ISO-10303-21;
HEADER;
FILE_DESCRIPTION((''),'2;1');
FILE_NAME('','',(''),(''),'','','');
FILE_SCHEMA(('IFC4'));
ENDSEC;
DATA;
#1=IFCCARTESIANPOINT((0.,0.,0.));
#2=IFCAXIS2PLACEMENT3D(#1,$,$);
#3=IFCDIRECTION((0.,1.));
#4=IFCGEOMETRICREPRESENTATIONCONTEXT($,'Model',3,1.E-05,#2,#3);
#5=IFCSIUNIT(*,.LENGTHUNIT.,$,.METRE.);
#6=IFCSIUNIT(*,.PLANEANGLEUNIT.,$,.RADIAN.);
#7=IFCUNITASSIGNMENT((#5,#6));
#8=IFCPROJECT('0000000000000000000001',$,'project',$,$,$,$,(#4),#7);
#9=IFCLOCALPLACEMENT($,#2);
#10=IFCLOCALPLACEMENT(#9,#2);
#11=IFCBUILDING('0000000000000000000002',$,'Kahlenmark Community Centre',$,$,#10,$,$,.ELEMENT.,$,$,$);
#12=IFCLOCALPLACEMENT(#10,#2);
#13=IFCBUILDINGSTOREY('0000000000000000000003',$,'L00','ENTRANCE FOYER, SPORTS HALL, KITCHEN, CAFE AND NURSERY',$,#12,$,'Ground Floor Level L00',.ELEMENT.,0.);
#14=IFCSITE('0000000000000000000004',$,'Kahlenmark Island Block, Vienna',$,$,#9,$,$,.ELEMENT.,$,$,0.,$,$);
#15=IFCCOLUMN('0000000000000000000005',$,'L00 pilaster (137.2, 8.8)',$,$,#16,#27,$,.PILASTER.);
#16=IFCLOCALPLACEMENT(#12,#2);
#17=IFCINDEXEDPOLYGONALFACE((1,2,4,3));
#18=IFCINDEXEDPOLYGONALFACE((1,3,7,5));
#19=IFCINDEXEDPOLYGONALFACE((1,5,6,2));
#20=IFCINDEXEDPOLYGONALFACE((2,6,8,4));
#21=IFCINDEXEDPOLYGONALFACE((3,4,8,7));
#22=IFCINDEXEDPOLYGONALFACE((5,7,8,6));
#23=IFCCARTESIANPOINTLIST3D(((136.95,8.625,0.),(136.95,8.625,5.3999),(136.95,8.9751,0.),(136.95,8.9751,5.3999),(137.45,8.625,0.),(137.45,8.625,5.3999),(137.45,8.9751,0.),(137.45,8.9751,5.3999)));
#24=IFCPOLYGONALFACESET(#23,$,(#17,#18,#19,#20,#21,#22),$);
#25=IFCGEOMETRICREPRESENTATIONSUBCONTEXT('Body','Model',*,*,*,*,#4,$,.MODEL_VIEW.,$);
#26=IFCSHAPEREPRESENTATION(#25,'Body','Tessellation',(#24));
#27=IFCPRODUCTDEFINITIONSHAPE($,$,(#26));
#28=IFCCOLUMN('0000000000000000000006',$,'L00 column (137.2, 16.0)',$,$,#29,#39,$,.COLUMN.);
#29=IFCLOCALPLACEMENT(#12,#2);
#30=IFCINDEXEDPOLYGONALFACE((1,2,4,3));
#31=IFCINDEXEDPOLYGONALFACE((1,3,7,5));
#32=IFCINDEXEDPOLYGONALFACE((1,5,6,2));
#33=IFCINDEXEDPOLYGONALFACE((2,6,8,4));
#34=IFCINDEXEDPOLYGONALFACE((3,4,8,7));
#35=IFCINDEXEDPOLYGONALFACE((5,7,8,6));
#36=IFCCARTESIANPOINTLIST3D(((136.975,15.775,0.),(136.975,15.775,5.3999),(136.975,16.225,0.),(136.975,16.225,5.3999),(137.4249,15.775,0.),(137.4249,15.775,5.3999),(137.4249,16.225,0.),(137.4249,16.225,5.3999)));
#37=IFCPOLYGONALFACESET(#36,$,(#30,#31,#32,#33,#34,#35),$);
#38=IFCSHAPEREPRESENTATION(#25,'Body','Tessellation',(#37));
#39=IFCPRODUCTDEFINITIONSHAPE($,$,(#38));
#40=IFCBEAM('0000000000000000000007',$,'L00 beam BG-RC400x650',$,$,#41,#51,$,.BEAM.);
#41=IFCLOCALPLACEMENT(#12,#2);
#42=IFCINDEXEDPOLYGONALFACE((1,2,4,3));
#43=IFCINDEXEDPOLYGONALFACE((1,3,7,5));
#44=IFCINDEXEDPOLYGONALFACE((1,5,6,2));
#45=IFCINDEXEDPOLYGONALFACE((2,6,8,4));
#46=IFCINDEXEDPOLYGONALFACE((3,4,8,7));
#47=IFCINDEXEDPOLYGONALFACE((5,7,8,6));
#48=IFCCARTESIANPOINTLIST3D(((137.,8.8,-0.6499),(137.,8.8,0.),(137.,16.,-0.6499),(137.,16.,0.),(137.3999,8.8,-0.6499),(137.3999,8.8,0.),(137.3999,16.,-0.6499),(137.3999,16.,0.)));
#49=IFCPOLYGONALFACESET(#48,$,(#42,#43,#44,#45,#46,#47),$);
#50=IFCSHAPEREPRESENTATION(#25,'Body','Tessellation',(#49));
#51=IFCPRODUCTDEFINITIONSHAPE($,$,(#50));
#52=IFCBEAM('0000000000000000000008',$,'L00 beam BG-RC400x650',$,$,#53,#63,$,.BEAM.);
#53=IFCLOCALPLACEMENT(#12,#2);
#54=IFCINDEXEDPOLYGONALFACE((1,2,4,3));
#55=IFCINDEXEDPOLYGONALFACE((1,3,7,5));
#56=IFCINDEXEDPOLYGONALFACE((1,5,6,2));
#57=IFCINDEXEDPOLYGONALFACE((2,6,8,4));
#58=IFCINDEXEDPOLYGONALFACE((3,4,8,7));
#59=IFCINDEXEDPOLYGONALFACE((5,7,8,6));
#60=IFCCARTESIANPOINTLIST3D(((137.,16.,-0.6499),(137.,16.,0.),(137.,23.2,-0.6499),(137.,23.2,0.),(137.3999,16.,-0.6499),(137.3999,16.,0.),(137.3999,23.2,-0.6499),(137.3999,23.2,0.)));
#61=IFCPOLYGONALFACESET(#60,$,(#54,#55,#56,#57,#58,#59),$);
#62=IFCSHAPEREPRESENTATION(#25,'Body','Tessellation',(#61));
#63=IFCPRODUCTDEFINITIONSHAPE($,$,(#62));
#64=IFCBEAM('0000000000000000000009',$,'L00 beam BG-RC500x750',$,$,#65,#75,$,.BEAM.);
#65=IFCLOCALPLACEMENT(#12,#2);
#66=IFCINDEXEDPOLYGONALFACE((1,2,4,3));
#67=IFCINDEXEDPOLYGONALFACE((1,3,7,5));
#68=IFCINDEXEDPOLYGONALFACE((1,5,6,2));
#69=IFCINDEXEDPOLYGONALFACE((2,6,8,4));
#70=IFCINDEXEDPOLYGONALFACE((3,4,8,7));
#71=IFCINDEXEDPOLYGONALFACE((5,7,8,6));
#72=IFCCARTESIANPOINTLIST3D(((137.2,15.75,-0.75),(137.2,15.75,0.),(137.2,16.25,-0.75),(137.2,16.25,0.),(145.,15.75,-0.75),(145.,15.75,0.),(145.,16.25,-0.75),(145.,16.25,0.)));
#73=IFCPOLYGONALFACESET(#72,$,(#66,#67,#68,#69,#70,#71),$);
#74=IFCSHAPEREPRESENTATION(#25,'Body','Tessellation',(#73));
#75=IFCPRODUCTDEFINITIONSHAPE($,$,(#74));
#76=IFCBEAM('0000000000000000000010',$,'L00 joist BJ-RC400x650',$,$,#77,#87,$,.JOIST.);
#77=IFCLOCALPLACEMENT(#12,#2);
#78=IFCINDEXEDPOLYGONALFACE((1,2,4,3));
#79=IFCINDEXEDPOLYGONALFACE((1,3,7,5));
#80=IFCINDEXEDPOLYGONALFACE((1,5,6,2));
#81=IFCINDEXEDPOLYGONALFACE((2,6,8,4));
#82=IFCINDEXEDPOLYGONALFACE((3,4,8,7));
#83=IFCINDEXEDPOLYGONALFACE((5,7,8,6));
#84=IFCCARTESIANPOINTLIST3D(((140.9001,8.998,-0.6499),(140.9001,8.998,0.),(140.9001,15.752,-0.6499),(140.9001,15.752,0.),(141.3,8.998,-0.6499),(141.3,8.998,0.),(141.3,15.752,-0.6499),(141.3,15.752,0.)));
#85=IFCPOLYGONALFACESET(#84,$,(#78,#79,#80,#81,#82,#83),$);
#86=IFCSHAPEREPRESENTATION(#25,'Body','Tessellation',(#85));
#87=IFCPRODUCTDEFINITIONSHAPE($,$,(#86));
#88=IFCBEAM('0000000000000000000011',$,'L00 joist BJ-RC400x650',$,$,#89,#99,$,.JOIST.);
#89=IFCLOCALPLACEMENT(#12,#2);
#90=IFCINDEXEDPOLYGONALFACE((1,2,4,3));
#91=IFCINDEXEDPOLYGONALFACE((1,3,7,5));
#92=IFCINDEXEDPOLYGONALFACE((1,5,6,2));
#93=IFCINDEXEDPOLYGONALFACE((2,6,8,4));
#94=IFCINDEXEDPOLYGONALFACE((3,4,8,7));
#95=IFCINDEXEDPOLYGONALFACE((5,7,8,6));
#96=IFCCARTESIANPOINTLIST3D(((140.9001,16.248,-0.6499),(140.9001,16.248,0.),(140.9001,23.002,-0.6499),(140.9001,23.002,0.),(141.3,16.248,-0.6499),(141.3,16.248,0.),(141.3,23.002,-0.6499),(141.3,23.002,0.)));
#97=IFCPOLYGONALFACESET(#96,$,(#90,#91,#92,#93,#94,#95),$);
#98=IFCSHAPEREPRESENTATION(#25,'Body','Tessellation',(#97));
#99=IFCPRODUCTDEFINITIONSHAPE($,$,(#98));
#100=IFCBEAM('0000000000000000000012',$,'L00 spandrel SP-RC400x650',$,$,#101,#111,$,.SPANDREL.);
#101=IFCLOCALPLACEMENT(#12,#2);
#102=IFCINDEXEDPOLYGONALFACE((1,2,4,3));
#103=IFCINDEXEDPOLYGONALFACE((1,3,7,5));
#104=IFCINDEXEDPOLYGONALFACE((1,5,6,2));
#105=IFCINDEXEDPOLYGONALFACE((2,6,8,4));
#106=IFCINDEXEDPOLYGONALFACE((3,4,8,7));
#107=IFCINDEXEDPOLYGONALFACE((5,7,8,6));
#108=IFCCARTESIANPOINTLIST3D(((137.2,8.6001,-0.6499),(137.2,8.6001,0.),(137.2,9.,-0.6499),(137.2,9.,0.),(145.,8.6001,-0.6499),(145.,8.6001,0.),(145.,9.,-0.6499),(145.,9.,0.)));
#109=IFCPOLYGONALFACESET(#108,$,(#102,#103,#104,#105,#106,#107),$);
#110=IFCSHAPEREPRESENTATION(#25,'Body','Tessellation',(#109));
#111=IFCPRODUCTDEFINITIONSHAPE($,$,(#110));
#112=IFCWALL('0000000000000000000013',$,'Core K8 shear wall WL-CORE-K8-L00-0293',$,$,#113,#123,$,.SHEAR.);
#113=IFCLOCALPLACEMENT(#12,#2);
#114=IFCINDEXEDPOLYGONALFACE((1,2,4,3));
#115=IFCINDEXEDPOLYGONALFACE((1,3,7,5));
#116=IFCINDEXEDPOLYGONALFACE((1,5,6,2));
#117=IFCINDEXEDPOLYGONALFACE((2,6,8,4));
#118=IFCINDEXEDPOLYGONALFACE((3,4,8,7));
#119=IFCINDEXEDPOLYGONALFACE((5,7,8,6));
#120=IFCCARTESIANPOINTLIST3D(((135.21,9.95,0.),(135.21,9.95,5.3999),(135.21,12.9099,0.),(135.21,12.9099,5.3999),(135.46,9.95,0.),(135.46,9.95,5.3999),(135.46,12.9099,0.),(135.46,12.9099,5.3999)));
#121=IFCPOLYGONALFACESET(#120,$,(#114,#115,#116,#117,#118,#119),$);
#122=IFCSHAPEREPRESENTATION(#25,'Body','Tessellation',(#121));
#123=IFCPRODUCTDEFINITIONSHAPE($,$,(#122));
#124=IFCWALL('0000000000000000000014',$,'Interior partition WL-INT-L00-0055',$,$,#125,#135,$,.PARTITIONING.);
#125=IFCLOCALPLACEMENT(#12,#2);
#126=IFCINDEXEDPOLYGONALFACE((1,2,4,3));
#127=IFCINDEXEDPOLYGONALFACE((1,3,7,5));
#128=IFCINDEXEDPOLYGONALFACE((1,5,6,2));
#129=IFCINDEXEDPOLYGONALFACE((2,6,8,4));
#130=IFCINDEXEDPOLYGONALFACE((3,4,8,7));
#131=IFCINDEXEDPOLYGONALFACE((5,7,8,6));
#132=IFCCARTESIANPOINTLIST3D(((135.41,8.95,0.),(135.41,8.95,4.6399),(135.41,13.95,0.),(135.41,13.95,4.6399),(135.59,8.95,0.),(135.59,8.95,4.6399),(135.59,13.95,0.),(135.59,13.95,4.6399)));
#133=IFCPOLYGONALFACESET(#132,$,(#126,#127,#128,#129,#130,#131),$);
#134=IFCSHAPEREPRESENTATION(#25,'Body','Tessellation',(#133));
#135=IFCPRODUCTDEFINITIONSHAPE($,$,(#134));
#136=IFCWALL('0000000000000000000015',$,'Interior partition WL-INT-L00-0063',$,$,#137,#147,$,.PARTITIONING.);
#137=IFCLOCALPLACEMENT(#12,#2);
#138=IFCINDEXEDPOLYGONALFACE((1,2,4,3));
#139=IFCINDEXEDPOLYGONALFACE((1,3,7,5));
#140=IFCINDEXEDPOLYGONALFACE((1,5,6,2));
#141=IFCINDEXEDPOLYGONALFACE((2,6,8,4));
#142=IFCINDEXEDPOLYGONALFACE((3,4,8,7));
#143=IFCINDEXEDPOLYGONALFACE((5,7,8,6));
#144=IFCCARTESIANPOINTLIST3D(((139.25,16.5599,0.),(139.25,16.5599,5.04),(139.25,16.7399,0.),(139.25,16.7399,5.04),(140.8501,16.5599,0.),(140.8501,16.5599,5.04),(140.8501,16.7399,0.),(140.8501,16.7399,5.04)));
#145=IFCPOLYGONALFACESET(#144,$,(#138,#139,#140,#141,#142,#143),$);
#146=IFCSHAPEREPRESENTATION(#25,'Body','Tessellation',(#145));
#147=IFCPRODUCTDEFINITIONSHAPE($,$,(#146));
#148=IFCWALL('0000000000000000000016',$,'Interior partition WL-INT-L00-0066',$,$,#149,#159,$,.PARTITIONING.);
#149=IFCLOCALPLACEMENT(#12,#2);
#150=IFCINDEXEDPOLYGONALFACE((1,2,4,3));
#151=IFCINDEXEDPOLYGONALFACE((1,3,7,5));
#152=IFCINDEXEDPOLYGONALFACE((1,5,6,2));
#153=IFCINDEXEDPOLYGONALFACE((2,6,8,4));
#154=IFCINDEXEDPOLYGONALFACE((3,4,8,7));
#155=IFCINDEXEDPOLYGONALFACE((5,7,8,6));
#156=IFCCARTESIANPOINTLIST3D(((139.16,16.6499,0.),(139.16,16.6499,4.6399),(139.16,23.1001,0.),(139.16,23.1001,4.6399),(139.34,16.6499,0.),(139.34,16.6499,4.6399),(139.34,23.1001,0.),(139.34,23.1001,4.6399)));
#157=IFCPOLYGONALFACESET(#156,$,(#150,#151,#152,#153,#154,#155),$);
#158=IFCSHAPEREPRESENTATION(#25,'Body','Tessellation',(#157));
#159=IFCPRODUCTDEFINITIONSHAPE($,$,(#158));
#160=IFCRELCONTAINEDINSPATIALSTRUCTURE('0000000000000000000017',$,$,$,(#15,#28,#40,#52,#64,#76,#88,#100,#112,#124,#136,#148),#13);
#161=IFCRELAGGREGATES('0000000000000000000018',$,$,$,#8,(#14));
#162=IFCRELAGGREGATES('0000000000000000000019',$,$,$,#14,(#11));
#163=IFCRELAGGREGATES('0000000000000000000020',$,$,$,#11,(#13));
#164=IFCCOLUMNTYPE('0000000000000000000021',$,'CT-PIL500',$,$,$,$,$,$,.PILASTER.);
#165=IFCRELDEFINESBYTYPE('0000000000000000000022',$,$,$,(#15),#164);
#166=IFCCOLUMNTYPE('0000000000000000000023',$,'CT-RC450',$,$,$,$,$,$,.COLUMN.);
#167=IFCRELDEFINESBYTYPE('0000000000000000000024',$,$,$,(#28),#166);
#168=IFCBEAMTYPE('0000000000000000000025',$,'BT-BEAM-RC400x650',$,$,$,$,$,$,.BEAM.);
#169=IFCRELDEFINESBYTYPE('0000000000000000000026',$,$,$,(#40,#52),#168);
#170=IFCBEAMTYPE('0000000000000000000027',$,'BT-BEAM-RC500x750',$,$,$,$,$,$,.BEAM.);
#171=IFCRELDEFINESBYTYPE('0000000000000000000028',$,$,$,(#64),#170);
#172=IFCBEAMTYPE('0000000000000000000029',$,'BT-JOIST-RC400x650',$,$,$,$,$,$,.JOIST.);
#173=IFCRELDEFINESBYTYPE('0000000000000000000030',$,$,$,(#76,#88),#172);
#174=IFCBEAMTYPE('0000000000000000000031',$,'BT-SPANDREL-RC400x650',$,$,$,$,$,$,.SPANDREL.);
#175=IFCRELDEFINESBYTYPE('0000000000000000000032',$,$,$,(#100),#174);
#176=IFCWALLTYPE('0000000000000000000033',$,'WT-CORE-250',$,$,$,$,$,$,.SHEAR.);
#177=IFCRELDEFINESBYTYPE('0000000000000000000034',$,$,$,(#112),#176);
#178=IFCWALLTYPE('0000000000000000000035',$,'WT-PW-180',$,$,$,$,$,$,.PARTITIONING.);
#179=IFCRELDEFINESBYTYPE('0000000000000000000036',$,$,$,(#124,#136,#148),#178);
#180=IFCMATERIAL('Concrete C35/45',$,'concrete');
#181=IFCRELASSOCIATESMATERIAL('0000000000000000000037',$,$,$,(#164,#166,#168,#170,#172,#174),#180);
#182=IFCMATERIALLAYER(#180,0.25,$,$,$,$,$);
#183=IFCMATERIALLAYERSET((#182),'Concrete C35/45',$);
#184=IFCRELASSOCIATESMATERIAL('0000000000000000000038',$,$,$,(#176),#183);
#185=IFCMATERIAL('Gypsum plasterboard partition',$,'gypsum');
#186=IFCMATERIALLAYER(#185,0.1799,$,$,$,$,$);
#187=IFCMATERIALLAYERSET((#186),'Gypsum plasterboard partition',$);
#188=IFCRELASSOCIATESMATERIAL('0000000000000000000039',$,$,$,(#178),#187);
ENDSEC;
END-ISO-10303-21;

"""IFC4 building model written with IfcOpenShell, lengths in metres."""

from ifc_helpers import new_model, si_unit, direction, frame, frame_2d, origin, origin_2d, place, context, subcontext, project, spatial, rectangle, extrude, material, layer, layer_set, material_profile, profile_set, type_object, element, save


model = new_model("IFC4")

# Units and contexts
model_context = context("Model", 3, precision=1e-05, world=origin(), true_north=direction((0.0, 1.0)))
body_context = subcontext(model_context, "Body", "Model", "MODEL_VIEW")
ifc_project = project(units=[si_unit("LENGTHUNIT", "METRE"), si_unit("PLANEANGLEUNIT", "RADIAN")], contexts=[model_context])

# Site, building, storey
site_placement = place(None, origin())
site = spatial("IfcSite", under=ifc_project, at=site_placement, Name="Kahlenmark Island Block, Vienna", CompositionType="ELEMENT", RefElevation=0.0)
building_placement = place(site_placement, origin())
building = spatial("IfcBuilding", under=site, at=building_placement, Name="Kahlenmark Community Centre", CompositionType="ELEMENT")
storey_placement = place(building_placement, origin())
storey = spatial("IfcBuildingStorey", under=building, at=storey_placement, Name="L00", Description="ENTRANCE FOYER, SPORTS HALL, KITCHEN, CAFE AND NURSERY", LongName="Ground Floor Level L00", CompositionType="ELEMENT", Elevation=0.0)

# Columns
ifc_material_1 = material(Name="Concrete C35/45", Category="concrete")
ifc_material_profile_1 = material_profile(ifc_material_1, rectangle(XDim=0.5, YDim=0.3501, at=origin_2d()), Name="RC 500x350")
ifc_profile_set_1 = profile_set([ifc_material_profile_1], Name="Concrete C35/45")
column_type_1 = type_object("IfcColumnType", Name="CT-PIL500", PredefinedType="PILASTER", material=ifc_profile_set_1)
column_1_placement = place(storey_placement, frame((137.2, 8.8, 0.0), z_axis=(0.0, 0.0, 1.0), x_axis=(1.0, 0.0, 0.0)))
element("IfcColumn", 1, at=column_1_placement, inside=storey, type_object=column_type_1, Name="L00 pilaster (137.2, 8.8)", PredefinedType="PILASTER", context=body_context, shape_type="SweptSolid", body=[
    extrude(rectangle(XDim=0.5, YDim=0.3501, at=origin_2d()), origin(), (0.0, 0.0, 1.0), 5.3999),
])
ifc_material_profile_2 = material_profile(ifc_material_1, rectangle(XDim=0.45, YDim=0.45, at=origin_2d()), Name="RC 450x450")
ifc_profile_set_2 = profile_set([ifc_material_profile_2], Name="Concrete C35/45")
column_type_2 = type_object("IfcColumnType", Name="CT-RC450", PredefinedType="COLUMN", material=ifc_profile_set_2)
column_2_placement = place(storey_placement, frame((137.2, 16.0, 0.0), z_axis=(0.0, 0.0, 1.0), x_axis=(1.0, 0.0, 0.0)))
element("IfcColumn", 2, at=column_2_placement, inside=storey, type_object=column_type_2, Name="L00 column (137.2, 16.0)", PredefinedType="COLUMN", context=body_context, shape_type="SweptSolid", body=[
    extrude(rectangle(XDim=0.45, YDim=0.45, at=origin_2d()), origin(), (0.0, 0.0, 1.0), 5.3999),
])

# Beams
ifc_material_profile_3 = material_profile(ifc_material_1, rectangle(XDim=0.3999, YDim=0.6499, at=origin_2d()), Name="RC 400x650")
ifc_profile_set_3 = profile_set([ifc_material_profile_3], Name="Concrete C35/45")
beam_type_1 = type_object("IfcBeamType", Name="BT-BEAM-RC400x650", PredefinedType="BEAM", material=ifc_profile_set_3)
for number, where, z_axis, x_axis, name in (
    (3, (137.2, 8.8, -0.325), (0.0, 1.0, 0.0), (-1.0, 0.0, 0.0), "L00 beam BG-RC400x650"),
    (4, (137.2, 16.0, -0.325), (0.0, 1.0, 0.0), (-1.0, 0.0, 0.0), "L00 beam BG-RC400x650"),
):
    element("IfcBeam", number, at=place(storey_placement, frame(where, z_axis=z_axis, x_axis=x_axis)), inside=storey, type_object=beam_type_1, Name=name, PredefinedType="BEAM", context=body_context, shape_type="SweptSolid", body=[
        extrude(rectangle(XDim=0.3999, YDim=0.6499, at=origin_2d()), origin(), (0.0, 0.0, 1.0), 7.2),
    ])
ifc_material_profile_4 = material_profile(ifc_material_1, rectangle(XDim=0.5, YDim=0.75, at=origin_2d()), Name="RC 500x750")
ifc_profile_set_4 = profile_set([ifc_material_profile_4], Name="Concrete C35/45")
beam_type_2 = type_object("IfcBeamType", Name="BT-BEAM-RC500x750", PredefinedType="BEAM", material=ifc_profile_set_4)
beam_1_placement = place(storey_placement, frame((137.2, 16.0, -0.375), z_axis=(1.0, 0.0, 0.0), x_axis=(0.0, 1.0, 0.0)))
element("IfcBeam", 5, at=beam_1_placement, inside=storey, type_object=beam_type_2, Name="L00 beam BG-RC500x750", PredefinedType="BEAM", context=body_context, shape_type="SweptSolid", body=[
    extrude(rectangle(XDim=0.5, YDim=0.75, at=origin_2d()), origin(), (0.0, 0.0, 1.0), 7.8),
])
ifc_material_profile_5 = material_profile(ifc_material_1, rectangle(XDim=0.3999, YDim=0.6499, at=origin_2d()), Name="RC 400x650")
ifc_profile_set_5 = profile_set([ifc_material_profile_5], Name="Concrete C35/45")
beam_type_3 = type_object("IfcBeamType", Name="BT-JOIST-RC400x650", PredefinedType="JOIST", material=ifc_profile_set_5)
for number, where, z_axis, x_axis, name in (
    (6, (141.1001, 8.998, -0.325), (0.0, 1.0, 0.0), (-1.0, 0.0, 0.0), "L00 joist BJ-RC400x650"),
    (7, (141.1001, 16.248, -0.325), (0.0, 1.0, 0.0), (-1.0, 0.0, 0.0), "L00 joist BJ-RC400x650"),
):
    element("IfcBeam", number, at=place(storey_placement, frame(where, z_axis=z_axis, x_axis=x_axis)), inside=storey, type_object=beam_type_3, Name=name, PredefinedType="JOIST", context=body_context, shape_type="SweptSolid", body=[
        extrude(rectangle(XDim=0.3999, YDim=0.6499, at=origin_2d()), origin(), (0.0, 0.0, 1.0), 6.7539),
    ])
ifc_material_profile_6 = material_profile(ifc_material_1, rectangle(XDim=0.3999, YDim=0.6499, at=origin_2d()), Name="RC 400x650")
ifc_profile_set_6 = profile_set([ifc_material_profile_6], Name="Concrete C35/45")
beam_type_4 = type_object("IfcBeamType", Name="BT-SPANDREL-RC400x650", PredefinedType="SPANDREL", material=ifc_profile_set_6)
beam_2_placement = place(storey_placement, frame((137.2, 8.8, -0.325), z_axis=(1.0, 0.0, 0.0), x_axis=(0.0, 1.0, 0.0)))
element("IfcBeam", 8, at=beam_2_placement, inside=storey, type_object=beam_type_4, Name="L00 spandrel SP-RC400x650", PredefinedType="SPANDREL", context=body_context, shape_type="SweptSolid", body=[
    extrude(rectangle(XDim=0.3999, YDim=0.6499, at=origin_2d()), origin(), (0.0, 0.0, 1.0), 7.8),
])

# Wall
ifc_layer_1 = layer(ifc_material_1, 0.25)
ifc_layer_set_1 = layer_set([ifc_layer_1], Name="Concrete C35/45")
wall_type_1 = type_object("IfcWallType", Name="WT-CORE-250", PredefinedType="SHEAR", material=ifc_layer_set_1)
wall_1_placement = place(storey_placement, frame((135.335, 9.95, 0.0), z_axis=(0.0, 0.0, 1.0), x_axis=(0.0, 1.0, 0.0)))
element("IfcWall", 9, at=wall_1_placement, inside=storey, type_object=wall_type_1, Name="Core K8 shear wall WL-CORE-K8-L00-0293", PredefinedType="SHEAR", context=body_context, shape_type="SweptSolid", body=[
    extrude(rectangle(XDim=2.96, YDim=0.25, at=frame_2d((1.48, 0.0))), origin(), (0.0, 0.0, 1.0), 5.3999),
])

# Wall
ifc_material_2 = material(Name="Gypsum plasterboard partition", Category="gypsum")
ifc_layer_2 = layer(ifc_material_2, 0.1799)
ifc_layer_set_2 = layer_set([ifc_layer_2], Name="Gypsum plasterboard partition")
wall_type_2 = type_object("IfcWallType", Name="WT-PW-180", PredefinedType="PARTITIONING", material=ifc_layer_set_2)
wall_2_placement = place(storey_placement, frame((135.5, 8.95, 0.0), z_axis=(0.0, 0.0, 1.0), x_axis=(0.0, 1.0, 0.0)))
element("IfcWall", 10, at=wall_2_placement, inside=storey, type_object=wall_type_2, Name="Interior partition WL-INT-L00-0055", PredefinedType="PARTITIONING", context=body_context, shape_type="SweptSolid", body=[
    extrude(rectangle(XDim=5.0, YDim=0.1799, at=frame_2d((2.5, 0.0))), origin(), (0.0, 0.0, 1.0), 4.6399),
])

# Walls
wall_3_placement = place(storey_placement, frame((139.25, 16.6499, 0.0), z_axis=(0.0, 0.0, 1.0), x_axis=(1.0, 0.0, 0.0)))
element("IfcWall", 11, at=wall_3_placement, inside=storey, type_object=wall_type_2, Name="Interior partition WL-INT-L00-0063", PredefinedType="PARTITIONING", context=body_context, shape_type="SweptSolid", body=[
    extrude(rectangle(XDim=1.6001, YDim=0.1799, at=frame_2d((0.8, 0.0))), origin(), (0.0, 0.0, 1.0), 5.04),
])
wall_4_placement = place(storey_placement, frame((139.25, 16.6499, 0.0), z_axis=(0.0, 0.0, 1.0), x_axis=(0.0, 1.0, 0.0)))
element("IfcWall", 12, at=wall_4_placement, inside=storey, type_object=wall_type_2, Name="Interior partition WL-INT-L00-0066", PredefinedType="PARTITIONING", context=body_context, shape_type="SweptSolid", body=[
    extrude(rectangle(XDim=6.4502, YDim=0.1799, at=frame_2d((3.2251, 0.0))), origin(), (0.0, 0.0, 1.0), 4.6399),
])

save(model, "model.ifc")
